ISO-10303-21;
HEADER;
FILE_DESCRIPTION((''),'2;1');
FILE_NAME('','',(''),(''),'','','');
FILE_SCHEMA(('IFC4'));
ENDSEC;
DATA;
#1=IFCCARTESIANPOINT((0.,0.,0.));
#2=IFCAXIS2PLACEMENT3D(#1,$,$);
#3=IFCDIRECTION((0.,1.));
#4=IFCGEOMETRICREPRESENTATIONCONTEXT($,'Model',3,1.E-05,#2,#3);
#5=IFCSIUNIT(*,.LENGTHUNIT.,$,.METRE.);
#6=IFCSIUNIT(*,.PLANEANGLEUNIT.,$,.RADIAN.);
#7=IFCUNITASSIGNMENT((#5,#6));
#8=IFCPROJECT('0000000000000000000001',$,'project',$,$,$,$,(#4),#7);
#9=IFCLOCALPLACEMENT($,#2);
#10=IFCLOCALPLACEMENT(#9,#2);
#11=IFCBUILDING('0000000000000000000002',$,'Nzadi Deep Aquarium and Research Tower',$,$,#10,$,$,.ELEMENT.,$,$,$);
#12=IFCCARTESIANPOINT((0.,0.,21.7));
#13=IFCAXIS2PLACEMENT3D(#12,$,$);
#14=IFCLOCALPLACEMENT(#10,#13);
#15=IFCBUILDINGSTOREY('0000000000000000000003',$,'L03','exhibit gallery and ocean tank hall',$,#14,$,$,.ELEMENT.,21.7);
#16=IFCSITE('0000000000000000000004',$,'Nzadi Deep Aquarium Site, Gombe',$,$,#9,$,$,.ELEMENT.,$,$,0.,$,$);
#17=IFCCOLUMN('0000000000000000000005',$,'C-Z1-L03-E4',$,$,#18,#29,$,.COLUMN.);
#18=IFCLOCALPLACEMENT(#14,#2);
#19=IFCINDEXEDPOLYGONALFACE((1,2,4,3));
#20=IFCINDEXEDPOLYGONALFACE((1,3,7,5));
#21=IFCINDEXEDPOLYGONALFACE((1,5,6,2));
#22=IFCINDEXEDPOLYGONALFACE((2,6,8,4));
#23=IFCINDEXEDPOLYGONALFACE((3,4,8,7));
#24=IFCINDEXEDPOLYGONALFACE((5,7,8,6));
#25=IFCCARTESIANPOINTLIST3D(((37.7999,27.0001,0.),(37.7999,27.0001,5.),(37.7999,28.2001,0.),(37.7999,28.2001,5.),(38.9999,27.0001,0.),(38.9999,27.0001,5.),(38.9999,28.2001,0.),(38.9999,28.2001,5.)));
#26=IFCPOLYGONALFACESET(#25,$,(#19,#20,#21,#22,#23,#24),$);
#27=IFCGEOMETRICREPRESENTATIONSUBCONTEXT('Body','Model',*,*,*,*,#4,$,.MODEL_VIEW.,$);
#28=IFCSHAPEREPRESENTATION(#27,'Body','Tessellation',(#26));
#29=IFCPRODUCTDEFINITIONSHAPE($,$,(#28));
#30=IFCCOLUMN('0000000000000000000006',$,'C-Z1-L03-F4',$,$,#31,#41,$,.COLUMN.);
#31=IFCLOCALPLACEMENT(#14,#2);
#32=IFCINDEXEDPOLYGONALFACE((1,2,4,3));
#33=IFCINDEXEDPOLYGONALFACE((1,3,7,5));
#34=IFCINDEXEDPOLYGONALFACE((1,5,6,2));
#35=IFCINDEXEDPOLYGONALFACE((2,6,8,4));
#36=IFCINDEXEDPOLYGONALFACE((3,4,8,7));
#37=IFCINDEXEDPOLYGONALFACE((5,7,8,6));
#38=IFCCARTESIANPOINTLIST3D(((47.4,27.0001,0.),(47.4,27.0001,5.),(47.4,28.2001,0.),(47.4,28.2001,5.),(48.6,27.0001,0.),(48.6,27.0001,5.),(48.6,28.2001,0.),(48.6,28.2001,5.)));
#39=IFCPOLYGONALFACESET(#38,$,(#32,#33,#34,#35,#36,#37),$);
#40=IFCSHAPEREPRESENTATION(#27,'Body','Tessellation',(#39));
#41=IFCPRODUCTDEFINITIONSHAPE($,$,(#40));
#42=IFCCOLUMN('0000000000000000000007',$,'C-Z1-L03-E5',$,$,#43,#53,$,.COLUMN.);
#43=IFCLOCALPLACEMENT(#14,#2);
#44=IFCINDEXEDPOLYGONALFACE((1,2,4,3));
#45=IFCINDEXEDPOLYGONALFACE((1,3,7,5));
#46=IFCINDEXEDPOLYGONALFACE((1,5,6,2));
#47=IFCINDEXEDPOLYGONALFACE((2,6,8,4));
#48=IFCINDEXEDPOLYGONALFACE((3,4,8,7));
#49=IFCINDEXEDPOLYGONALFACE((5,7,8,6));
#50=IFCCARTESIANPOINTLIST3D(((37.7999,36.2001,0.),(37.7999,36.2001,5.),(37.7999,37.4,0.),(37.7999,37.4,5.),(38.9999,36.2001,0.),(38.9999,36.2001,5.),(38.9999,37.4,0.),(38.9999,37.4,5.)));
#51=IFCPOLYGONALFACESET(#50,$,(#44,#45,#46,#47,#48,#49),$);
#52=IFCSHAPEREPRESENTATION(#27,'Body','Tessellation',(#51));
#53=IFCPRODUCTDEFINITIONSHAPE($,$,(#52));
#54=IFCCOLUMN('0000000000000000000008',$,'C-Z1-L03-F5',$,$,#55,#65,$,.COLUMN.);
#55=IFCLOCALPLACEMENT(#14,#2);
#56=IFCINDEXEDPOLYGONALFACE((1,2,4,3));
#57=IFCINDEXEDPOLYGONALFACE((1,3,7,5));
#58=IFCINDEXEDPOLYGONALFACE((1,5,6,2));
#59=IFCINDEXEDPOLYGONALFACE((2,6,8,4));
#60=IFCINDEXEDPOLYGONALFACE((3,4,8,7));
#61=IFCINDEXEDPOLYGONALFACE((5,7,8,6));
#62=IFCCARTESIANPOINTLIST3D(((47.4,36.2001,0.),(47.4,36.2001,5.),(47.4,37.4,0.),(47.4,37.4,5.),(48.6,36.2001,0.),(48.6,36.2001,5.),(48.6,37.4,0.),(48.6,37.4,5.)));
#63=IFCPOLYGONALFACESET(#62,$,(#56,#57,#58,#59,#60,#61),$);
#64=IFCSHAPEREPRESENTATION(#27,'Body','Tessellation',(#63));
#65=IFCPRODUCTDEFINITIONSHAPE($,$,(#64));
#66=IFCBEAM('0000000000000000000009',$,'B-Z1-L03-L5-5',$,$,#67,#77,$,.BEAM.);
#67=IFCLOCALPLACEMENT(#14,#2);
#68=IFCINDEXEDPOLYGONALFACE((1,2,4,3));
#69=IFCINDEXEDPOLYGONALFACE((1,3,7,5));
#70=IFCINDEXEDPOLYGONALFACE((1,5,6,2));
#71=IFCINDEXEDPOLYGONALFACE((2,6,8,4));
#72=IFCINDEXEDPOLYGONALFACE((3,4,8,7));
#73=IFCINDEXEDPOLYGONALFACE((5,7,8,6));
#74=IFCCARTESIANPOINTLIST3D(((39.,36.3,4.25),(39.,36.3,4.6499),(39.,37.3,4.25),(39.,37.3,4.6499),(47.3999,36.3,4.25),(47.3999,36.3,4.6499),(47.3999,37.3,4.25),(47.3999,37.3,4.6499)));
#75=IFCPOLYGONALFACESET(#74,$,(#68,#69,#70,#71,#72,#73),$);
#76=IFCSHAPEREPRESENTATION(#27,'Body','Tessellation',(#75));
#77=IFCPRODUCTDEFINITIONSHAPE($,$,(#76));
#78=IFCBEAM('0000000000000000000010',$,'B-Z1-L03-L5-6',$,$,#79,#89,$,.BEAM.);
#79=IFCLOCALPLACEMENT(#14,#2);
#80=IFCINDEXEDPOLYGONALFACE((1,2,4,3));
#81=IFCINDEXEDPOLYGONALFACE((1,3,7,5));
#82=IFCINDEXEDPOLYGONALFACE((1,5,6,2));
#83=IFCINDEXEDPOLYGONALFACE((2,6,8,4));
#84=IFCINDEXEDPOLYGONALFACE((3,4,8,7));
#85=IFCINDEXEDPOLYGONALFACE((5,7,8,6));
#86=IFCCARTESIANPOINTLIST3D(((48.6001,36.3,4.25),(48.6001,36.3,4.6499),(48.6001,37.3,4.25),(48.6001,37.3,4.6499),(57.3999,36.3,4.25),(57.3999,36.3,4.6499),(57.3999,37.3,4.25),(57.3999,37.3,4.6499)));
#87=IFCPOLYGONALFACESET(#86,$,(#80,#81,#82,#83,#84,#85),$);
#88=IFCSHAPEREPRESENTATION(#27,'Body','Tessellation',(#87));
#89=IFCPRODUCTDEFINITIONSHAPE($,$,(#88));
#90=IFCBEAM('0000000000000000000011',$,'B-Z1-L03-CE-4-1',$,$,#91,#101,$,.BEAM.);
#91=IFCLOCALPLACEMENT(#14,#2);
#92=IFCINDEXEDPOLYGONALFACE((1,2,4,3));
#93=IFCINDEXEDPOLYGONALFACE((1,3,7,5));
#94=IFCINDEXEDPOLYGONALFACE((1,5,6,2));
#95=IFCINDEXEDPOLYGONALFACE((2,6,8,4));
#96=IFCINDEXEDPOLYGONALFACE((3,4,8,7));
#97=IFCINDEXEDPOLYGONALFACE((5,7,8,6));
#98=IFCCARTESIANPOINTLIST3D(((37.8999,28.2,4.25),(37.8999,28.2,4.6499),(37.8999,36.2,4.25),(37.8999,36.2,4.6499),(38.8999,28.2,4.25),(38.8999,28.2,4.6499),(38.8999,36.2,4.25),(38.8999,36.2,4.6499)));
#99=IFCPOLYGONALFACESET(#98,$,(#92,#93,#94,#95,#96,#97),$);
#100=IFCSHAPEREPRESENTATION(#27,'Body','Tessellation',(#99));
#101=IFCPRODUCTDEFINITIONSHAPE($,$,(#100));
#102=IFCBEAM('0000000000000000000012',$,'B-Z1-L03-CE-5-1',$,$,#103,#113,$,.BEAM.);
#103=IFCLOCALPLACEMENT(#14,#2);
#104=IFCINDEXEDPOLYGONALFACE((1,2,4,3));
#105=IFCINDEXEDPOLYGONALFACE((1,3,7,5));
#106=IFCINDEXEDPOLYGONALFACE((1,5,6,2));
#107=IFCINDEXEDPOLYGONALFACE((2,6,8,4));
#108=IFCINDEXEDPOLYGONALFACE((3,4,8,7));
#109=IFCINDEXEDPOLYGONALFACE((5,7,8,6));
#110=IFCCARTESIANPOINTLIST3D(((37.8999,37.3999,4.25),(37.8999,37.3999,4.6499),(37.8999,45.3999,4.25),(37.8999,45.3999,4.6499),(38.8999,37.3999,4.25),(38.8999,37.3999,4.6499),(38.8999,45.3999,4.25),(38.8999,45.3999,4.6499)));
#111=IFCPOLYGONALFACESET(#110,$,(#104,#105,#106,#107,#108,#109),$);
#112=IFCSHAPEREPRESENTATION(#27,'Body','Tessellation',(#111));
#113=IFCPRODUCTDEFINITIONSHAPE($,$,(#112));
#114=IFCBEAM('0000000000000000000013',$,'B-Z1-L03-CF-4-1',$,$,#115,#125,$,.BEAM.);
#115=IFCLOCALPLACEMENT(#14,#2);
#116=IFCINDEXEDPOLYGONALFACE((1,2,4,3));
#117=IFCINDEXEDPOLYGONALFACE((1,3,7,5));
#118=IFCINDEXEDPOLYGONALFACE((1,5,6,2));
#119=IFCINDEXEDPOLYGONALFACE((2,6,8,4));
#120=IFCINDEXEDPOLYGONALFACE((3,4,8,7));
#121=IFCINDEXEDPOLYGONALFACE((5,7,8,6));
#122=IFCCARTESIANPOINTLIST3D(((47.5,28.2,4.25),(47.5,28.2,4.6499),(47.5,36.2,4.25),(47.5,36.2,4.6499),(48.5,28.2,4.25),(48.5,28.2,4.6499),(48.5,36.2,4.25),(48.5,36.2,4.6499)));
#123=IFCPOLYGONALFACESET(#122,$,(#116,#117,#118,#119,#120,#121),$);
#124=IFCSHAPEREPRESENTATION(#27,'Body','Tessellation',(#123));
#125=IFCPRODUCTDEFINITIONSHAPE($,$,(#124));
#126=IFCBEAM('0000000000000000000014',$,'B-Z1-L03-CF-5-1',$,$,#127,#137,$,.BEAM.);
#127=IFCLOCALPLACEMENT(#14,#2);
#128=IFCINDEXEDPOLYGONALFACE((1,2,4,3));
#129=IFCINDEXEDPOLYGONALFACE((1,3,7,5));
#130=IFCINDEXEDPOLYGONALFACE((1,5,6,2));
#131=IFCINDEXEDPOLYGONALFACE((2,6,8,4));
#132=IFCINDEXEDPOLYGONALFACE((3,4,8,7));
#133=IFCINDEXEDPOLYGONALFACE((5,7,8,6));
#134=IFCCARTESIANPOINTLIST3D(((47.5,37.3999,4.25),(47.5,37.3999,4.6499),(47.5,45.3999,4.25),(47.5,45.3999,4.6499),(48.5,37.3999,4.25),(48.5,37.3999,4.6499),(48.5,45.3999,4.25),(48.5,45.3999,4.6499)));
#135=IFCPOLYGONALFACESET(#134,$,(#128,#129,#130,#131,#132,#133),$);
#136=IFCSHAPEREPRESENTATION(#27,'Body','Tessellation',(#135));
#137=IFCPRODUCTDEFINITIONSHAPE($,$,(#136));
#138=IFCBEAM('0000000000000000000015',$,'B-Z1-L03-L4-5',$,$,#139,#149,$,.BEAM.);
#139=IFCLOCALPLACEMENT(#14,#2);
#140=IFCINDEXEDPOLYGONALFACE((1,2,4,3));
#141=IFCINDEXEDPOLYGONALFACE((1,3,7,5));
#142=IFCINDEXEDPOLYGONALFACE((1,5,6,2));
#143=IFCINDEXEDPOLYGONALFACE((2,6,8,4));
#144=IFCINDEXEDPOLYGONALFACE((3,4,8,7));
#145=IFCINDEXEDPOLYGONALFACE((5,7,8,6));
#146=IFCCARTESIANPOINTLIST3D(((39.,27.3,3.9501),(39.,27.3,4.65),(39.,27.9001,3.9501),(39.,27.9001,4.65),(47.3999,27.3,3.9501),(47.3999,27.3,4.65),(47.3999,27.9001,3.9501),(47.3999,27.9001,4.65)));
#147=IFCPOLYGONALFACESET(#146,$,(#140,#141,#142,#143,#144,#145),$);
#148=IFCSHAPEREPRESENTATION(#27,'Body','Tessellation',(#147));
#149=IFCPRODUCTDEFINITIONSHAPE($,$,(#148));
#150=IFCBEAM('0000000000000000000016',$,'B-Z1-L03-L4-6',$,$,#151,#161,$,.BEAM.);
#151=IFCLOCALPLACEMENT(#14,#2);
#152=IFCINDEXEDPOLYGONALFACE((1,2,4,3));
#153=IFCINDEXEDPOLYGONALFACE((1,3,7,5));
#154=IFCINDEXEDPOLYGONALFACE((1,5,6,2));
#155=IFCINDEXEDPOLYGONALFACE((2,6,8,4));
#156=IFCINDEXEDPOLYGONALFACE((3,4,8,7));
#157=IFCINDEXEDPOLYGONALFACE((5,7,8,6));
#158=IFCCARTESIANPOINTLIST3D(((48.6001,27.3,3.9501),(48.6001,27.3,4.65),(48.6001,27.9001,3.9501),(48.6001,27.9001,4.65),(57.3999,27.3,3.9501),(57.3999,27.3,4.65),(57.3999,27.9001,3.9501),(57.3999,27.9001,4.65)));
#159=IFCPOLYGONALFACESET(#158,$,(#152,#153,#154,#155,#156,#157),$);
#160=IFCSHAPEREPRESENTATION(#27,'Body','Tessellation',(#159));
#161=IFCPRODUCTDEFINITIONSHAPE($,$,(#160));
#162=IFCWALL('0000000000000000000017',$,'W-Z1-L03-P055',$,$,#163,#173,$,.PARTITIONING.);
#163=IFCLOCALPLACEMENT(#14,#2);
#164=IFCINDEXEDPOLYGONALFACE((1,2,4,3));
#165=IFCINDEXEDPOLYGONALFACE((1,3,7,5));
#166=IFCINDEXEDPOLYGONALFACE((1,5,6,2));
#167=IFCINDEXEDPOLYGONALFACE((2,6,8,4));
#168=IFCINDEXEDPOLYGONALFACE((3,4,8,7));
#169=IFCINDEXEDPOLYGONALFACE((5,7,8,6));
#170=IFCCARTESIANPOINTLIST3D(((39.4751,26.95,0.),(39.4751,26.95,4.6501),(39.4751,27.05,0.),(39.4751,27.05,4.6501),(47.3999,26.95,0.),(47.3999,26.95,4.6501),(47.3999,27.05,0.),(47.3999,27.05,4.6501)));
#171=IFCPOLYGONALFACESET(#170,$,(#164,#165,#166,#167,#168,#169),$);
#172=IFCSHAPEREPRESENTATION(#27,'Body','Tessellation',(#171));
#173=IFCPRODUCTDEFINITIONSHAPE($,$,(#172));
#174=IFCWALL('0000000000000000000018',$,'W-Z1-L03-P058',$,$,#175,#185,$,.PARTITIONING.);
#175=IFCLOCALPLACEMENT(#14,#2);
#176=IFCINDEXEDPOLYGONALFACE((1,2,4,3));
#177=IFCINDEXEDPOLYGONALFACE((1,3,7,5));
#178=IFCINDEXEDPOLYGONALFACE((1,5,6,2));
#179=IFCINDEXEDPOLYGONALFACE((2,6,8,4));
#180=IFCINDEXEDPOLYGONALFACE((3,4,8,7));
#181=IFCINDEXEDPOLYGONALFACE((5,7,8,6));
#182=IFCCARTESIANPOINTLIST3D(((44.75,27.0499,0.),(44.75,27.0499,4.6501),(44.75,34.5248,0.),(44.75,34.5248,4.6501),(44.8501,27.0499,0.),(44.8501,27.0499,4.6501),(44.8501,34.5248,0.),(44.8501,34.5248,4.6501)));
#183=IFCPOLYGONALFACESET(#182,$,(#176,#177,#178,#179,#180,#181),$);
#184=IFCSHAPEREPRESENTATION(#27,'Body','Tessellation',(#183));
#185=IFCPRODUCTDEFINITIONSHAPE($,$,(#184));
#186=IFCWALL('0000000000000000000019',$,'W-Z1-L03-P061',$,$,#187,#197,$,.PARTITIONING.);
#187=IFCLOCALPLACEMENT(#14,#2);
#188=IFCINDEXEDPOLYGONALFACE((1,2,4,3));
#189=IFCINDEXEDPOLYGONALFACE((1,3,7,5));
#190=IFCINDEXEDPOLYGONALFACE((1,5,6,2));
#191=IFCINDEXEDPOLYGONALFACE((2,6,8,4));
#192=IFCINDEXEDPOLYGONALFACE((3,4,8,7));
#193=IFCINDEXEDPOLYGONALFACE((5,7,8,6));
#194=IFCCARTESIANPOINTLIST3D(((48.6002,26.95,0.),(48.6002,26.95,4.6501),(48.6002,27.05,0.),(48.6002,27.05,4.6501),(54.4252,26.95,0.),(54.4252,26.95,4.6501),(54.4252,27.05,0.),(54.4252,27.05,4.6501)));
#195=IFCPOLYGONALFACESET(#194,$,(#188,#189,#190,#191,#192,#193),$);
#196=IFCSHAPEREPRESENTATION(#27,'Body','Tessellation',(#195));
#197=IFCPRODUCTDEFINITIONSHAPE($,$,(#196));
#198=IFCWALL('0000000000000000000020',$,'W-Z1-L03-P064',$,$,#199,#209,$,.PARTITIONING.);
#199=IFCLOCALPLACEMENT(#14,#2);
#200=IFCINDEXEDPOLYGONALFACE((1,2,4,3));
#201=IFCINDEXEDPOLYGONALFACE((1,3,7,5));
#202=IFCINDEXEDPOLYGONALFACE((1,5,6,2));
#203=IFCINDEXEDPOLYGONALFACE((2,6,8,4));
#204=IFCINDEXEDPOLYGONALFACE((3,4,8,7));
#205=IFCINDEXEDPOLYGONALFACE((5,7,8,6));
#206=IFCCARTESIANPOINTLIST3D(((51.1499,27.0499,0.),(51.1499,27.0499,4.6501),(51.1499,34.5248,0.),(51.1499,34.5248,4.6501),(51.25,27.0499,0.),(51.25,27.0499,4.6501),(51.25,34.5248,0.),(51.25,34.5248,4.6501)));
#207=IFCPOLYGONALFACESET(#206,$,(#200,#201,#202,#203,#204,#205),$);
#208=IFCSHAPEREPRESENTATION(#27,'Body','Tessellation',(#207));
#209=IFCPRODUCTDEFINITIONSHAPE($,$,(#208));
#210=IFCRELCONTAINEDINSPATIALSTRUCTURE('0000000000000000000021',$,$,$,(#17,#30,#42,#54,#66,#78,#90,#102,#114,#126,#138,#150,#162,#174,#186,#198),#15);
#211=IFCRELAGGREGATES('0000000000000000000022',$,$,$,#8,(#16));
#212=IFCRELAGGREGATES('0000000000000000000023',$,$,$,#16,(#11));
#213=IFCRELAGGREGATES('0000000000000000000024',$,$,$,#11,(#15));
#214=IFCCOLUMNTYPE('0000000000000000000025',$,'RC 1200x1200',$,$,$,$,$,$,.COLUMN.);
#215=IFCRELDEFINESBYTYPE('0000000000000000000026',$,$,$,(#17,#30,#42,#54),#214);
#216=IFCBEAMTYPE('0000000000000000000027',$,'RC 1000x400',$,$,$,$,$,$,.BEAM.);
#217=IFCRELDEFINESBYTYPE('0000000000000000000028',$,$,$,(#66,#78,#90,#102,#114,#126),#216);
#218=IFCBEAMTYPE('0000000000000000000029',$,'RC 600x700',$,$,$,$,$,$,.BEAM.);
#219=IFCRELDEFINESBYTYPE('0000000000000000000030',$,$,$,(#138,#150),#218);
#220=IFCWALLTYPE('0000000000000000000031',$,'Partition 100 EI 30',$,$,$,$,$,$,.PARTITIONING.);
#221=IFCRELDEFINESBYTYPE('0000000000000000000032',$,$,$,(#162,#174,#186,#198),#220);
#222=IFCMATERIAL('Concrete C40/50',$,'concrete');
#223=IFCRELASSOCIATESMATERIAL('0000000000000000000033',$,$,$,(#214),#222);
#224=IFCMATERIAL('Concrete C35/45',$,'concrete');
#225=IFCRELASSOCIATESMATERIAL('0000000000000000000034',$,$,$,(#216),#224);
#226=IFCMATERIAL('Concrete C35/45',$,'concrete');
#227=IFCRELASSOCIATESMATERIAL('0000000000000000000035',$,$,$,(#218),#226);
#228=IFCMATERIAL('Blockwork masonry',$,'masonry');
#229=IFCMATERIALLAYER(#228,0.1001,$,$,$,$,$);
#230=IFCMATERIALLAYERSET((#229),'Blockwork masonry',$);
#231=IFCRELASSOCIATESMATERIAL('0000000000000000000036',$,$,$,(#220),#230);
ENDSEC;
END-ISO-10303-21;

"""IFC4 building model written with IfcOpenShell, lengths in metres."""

from ifc_helpers import new_model, si_unit, direction, frame, frame_2d, origin, origin_2d, place, context, subcontext, project, spatial, rectangle, extrude, material, layer, layer_set, material_profile, profile_set, type_object, element, save


model = new_model("IFC4")

# Units and contexts
model_context = context("Model", 3, precision=1e-05, world=origin(), true_north=direction((0.0, 1.0)))
body_context = subcontext(model_context, "Body", "Model", "MODEL_VIEW")
ifc_project = project(units=[si_unit("LENGTHUNIT", "METRE"), si_unit("PLANEANGLEUNIT", "RADIAN")], contexts=[model_context])

# Site, building, storey
site_placement = place(None, origin())
site = spatial("IfcSite", under=ifc_project, at=site_placement, Name="Nzadi Deep Aquarium Site, Gombe", CompositionType="ELEMENT", RefElevation=0.0)
building_placement = place(site_placement, origin())
building = spatial("IfcBuilding", under=site, at=building_placement, Name="Nzadi Deep Aquarium and Research Tower", CompositionType="ELEMENT")
storey_placement = place(building_placement, frame((0.0, 0.0, 21.7)))
storey = spatial("IfcBuildingStorey", under=building, at=storey_placement, Name="L03", Description="exhibit gallery and ocean tank hall", CompositionType="ELEMENT", Elevation=21.7)

# Columns
ifc_material_1 = material(Name="Concrete C40/50", Category="concrete")
ifc_material_profile_1 = material_profile(ifc_material_1, rectangle(XDim=1.2, YDim=1.2, at=origin_2d()))
ifc_profile_set_1 = profile_set([ifc_material_profile_1], Name="Concrete C40/50")
column_type = type_object("IfcColumnType", Name="RC 1200x1200", PredefinedType="COLUMN", material=ifc_profile_set_1)
for number, where, z_axis, x_axis, name in (
    (1, (38.3999, 27.6001, 0.0), (0.0, 0.0, 1.0), (1.0, 0.0, 0.0), "C-Z1-L03-E4"),
    (2, (48.0, 27.6001, 0.0), (0.0, 0.0, 1.0), (1.0, 0.0, 0.0), "C-Z1-L03-F4"),
    (3, (38.3999, 36.8, 0.0), (0.0, 0.0, 1.0), (1.0, 0.0, 0.0), "C-Z1-L03-E5"),
    (4, (48.0, 36.8, 0.0), (0.0, 0.0, 1.0), (1.0, 0.0, 0.0), "C-Z1-L03-F5"),
):
    element("IfcColumn", number, at=place(storey_placement, frame(where, z_axis=z_axis, x_axis=x_axis)), inside=storey, type_object=column_type, Name=name, PredefinedType="COLUMN", context=body_context, shape_type="SweptSolid", body=[
        extrude(rectangle(XDim=1.2, YDim=1.2, at=origin_2d()), origin(), (0.0, 0.0, 1.0), 5.0),
    ])

# Beams
ifc_material_2 = material(Name="Concrete C35/45", Category="concrete")
ifc_material_profile_2 = material_profile(ifc_material_2, rectangle(XDim=1.0, YDim=0.3999, at=origin_2d()))
ifc_profile_set_2 = profile_set([ifc_material_profile_2], Name="Concrete C35/45")
beam_type_1 = type_object("IfcBeamType", Name="RC 1000x400", PredefinedType="BEAM", material=ifc_profile_set_2)
beam_1_placement = place(storey_placement, frame((39.0, 36.8, 4.45), z_axis=(1.0, 0.0, 0.0), x_axis=(0.0, 1.0, 0.0)))
element("IfcBeam", 5, at=beam_1_placement, inside=storey, type_object=beam_type_1, Name="B-Z1-L03-L5-5", PredefinedType="BEAM", context=body_context, shape_type="SweptSolid", body=[
    extrude(rectangle(XDim=1.0, YDim=0.3999, at=origin_2d()), origin(), (0.0, 0.0, 1.0), 8.3999),
])
beam_2_placement = place(storey_placement, frame((48.6001, 36.8, 4.45), z_axis=(1.0, 0.0, 0.0), x_axis=(0.0, 1.0, 0.0)))
element("IfcBeam", 6, at=beam_2_placement, inside=storey, type_object=beam_type_1, Name="B-Z1-L03-L5-6", PredefinedType="BEAM", context=body_context, shape_type="SweptSolid", body=[
    extrude(rectangle(XDim=1.0, YDim=0.3999, at=origin_2d()), origin(), (0.0, 0.0, 1.0), 8.7998),
])
for number, where, z_axis, x_axis, name in (
    (7, (38.3999, 28.2, 4.45), (0.0, 1.0, 0.0), (-1.0, 0.0, 0.0), "B-Z1-L03-CE-4-1"),
    (8, (38.3999, 37.3999, 4.45), (0.0, 1.0, 0.0), (-1.0, 0.0, 0.0), "B-Z1-L03-CE-5-1"),
    (9, (48.0, 28.2, 4.45), (0.0, 1.0, 0.0), (-1.0, 0.0, 0.0), "B-Z1-L03-CF-4-1"),
    (10, (48.0, 37.3999, 4.45), (0.0, 1.0, 0.0), (-1.0, 0.0, 0.0), "B-Z1-L03-CF-5-1"),
):
    element("IfcBeam", number, at=place(storey_placement, frame(where, z_axis=z_axis, x_axis=x_axis)), inside=storey, type_object=beam_type_1, Name=name, PredefinedType="BEAM", context=body_context, shape_type="SweptSolid", body=[
        extrude(rectangle(XDim=1.0, YDim=0.3999, at=origin_2d()), origin(), (0.0, 0.0, 1.0), 8.0),
    ])
ifc_material_3 = material(Name="Concrete C35/45", Category="concrete")
ifc_material_profile_3 = material_profile(ifc_material_3, rectangle(XDim=0.6001, YDim=0.7, at=origin_2d()))
ifc_profile_set_3 = profile_set([ifc_material_profile_3], Name="Concrete C35/45")
beam_type_2 = type_object("IfcBeamType", Name="RC 600x700", PredefinedType="BEAM", material=ifc_profile_set_3)
beam_3_placement = place(storey_placement, frame((39.0, 27.6001, 4.3), z_axis=(1.0, 0.0, 0.0), x_axis=(0.0, 1.0, 0.0)))
element("IfcBeam", 11, at=beam_3_placement, inside=storey, type_object=beam_type_2, Name="B-Z1-L03-L4-5", PredefinedType="BEAM", context=body_context, shape_type="SweptSolid", body=[
    extrude(rectangle(XDim=0.6001, YDim=0.7, at=origin_2d()), origin(), (0.0, 0.0, 1.0), 8.3999),
])
beam_4_placement = place(storey_placement, frame((48.6001, 27.6001, 4.3), z_axis=(1.0, 0.0, 0.0), x_axis=(0.0, 1.0, 0.0)))
element("IfcBeam", 12, at=beam_4_placement, inside=storey, type_object=beam_type_2, Name="B-Z1-L03-L4-6", PredefinedType="BEAM", context=body_context, shape_type="SweptSolid", body=[
    extrude(rectangle(XDim=0.6001, YDim=0.7, at=origin_2d()), origin(), (0.0, 0.0, 1.0), 8.7998),
])

# Walls
ifc_material_4 = material(Name="Blockwork masonry", Category="masonry")
ifc_layer_1 = layer(ifc_material_4, 0.1001)
ifc_layer_set_1 = layer_set([ifc_layer_1], Name="Blockwork masonry")
wall_type_1 = type_object("IfcWallType", Name="Partition 100 EI 30", PredefinedType="PARTITIONING", material=ifc_layer_set_1)
wall_1_placement = place(storey_placement, frame((39.4751, 27.0, 0.0), z_axis=(0.0, 0.0, 1.0), x_axis=(1.0, 0.0, 0.0)))
element("IfcWall", 13, at=wall_1_placement, inside=storey, type_object=wall_type_1, Name="W-Z1-L03-P055", PredefinedType="PARTITIONING", context=body_context, shape_type="SweptSolid", body=[
    extrude(rectangle(XDim=7.9248, YDim=0.1001, at=frame_2d((3.9624, 0.0))), origin(), (0.0, 0.0, 1.0), 4.6501),
])
wall_2_placement = place(storey_placement, frame((44.8, 27.05, 0.0), z_axis=(0.0, 0.0, 1.0), x_axis=(0.0, 1.0, 0.0)))
element("IfcWall", 14, at=wall_2_placement, inside=storey, type_object=wall_type_1, Name="W-Z1-L03-P058", PredefinedType="PARTITIONING", context=body_context, shape_type="SweptSolid", body=[
    extrude(rectangle(XDim=7.4749, YDim=0.1001, at=frame_2d((3.7373, 0.0))), origin(), (0.0, 0.0, 1.0), 4.6501),
])
wall_3_placement = place(storey_placement, frame((48.6001, 27.0, 0.0), z_axis=(0.0, 0.0, 1.0), x_axis=(1.0, 0.0, 0.0)))
element("IfcWall", 15, at=wall_3_placement, inside=storey, type_object=wall_type_1, Name="W-Z1-L03-P061", PredefinedType="PARTITIONING", context=body_context, shape_type="SweptSolid", body=[
    extrude(rectangle(XDim=5.825, YDim=0.1001, at=frame_2d((2.9126, 0.0))), origin(), (0.0, 0.0, 1.0), 4.6501),
])
wall_4_placement = place(storey_placement, frame((51.2, 27.05, 0.0), z_axis=(0.0, 0.0, 1.0), x_axis=(0.0, 1.0, 0.0)))
element("IfcWall", 16, at=wall_4_placement, inside=storey, type_object=wall_type_1, Name="W-Z1-L03-P064", PredefinedType="PARTITIONING", context=body_context, shape_type="SweptSolid", body=[
    extrude(rectangle(XDim=7.4749, YDim=0.1001, at=frame_2d((3.7373, 0.0))), origin(), (0.0, 0.0, 1.0), 4.6501),
])

save(model, "model.ifc")
